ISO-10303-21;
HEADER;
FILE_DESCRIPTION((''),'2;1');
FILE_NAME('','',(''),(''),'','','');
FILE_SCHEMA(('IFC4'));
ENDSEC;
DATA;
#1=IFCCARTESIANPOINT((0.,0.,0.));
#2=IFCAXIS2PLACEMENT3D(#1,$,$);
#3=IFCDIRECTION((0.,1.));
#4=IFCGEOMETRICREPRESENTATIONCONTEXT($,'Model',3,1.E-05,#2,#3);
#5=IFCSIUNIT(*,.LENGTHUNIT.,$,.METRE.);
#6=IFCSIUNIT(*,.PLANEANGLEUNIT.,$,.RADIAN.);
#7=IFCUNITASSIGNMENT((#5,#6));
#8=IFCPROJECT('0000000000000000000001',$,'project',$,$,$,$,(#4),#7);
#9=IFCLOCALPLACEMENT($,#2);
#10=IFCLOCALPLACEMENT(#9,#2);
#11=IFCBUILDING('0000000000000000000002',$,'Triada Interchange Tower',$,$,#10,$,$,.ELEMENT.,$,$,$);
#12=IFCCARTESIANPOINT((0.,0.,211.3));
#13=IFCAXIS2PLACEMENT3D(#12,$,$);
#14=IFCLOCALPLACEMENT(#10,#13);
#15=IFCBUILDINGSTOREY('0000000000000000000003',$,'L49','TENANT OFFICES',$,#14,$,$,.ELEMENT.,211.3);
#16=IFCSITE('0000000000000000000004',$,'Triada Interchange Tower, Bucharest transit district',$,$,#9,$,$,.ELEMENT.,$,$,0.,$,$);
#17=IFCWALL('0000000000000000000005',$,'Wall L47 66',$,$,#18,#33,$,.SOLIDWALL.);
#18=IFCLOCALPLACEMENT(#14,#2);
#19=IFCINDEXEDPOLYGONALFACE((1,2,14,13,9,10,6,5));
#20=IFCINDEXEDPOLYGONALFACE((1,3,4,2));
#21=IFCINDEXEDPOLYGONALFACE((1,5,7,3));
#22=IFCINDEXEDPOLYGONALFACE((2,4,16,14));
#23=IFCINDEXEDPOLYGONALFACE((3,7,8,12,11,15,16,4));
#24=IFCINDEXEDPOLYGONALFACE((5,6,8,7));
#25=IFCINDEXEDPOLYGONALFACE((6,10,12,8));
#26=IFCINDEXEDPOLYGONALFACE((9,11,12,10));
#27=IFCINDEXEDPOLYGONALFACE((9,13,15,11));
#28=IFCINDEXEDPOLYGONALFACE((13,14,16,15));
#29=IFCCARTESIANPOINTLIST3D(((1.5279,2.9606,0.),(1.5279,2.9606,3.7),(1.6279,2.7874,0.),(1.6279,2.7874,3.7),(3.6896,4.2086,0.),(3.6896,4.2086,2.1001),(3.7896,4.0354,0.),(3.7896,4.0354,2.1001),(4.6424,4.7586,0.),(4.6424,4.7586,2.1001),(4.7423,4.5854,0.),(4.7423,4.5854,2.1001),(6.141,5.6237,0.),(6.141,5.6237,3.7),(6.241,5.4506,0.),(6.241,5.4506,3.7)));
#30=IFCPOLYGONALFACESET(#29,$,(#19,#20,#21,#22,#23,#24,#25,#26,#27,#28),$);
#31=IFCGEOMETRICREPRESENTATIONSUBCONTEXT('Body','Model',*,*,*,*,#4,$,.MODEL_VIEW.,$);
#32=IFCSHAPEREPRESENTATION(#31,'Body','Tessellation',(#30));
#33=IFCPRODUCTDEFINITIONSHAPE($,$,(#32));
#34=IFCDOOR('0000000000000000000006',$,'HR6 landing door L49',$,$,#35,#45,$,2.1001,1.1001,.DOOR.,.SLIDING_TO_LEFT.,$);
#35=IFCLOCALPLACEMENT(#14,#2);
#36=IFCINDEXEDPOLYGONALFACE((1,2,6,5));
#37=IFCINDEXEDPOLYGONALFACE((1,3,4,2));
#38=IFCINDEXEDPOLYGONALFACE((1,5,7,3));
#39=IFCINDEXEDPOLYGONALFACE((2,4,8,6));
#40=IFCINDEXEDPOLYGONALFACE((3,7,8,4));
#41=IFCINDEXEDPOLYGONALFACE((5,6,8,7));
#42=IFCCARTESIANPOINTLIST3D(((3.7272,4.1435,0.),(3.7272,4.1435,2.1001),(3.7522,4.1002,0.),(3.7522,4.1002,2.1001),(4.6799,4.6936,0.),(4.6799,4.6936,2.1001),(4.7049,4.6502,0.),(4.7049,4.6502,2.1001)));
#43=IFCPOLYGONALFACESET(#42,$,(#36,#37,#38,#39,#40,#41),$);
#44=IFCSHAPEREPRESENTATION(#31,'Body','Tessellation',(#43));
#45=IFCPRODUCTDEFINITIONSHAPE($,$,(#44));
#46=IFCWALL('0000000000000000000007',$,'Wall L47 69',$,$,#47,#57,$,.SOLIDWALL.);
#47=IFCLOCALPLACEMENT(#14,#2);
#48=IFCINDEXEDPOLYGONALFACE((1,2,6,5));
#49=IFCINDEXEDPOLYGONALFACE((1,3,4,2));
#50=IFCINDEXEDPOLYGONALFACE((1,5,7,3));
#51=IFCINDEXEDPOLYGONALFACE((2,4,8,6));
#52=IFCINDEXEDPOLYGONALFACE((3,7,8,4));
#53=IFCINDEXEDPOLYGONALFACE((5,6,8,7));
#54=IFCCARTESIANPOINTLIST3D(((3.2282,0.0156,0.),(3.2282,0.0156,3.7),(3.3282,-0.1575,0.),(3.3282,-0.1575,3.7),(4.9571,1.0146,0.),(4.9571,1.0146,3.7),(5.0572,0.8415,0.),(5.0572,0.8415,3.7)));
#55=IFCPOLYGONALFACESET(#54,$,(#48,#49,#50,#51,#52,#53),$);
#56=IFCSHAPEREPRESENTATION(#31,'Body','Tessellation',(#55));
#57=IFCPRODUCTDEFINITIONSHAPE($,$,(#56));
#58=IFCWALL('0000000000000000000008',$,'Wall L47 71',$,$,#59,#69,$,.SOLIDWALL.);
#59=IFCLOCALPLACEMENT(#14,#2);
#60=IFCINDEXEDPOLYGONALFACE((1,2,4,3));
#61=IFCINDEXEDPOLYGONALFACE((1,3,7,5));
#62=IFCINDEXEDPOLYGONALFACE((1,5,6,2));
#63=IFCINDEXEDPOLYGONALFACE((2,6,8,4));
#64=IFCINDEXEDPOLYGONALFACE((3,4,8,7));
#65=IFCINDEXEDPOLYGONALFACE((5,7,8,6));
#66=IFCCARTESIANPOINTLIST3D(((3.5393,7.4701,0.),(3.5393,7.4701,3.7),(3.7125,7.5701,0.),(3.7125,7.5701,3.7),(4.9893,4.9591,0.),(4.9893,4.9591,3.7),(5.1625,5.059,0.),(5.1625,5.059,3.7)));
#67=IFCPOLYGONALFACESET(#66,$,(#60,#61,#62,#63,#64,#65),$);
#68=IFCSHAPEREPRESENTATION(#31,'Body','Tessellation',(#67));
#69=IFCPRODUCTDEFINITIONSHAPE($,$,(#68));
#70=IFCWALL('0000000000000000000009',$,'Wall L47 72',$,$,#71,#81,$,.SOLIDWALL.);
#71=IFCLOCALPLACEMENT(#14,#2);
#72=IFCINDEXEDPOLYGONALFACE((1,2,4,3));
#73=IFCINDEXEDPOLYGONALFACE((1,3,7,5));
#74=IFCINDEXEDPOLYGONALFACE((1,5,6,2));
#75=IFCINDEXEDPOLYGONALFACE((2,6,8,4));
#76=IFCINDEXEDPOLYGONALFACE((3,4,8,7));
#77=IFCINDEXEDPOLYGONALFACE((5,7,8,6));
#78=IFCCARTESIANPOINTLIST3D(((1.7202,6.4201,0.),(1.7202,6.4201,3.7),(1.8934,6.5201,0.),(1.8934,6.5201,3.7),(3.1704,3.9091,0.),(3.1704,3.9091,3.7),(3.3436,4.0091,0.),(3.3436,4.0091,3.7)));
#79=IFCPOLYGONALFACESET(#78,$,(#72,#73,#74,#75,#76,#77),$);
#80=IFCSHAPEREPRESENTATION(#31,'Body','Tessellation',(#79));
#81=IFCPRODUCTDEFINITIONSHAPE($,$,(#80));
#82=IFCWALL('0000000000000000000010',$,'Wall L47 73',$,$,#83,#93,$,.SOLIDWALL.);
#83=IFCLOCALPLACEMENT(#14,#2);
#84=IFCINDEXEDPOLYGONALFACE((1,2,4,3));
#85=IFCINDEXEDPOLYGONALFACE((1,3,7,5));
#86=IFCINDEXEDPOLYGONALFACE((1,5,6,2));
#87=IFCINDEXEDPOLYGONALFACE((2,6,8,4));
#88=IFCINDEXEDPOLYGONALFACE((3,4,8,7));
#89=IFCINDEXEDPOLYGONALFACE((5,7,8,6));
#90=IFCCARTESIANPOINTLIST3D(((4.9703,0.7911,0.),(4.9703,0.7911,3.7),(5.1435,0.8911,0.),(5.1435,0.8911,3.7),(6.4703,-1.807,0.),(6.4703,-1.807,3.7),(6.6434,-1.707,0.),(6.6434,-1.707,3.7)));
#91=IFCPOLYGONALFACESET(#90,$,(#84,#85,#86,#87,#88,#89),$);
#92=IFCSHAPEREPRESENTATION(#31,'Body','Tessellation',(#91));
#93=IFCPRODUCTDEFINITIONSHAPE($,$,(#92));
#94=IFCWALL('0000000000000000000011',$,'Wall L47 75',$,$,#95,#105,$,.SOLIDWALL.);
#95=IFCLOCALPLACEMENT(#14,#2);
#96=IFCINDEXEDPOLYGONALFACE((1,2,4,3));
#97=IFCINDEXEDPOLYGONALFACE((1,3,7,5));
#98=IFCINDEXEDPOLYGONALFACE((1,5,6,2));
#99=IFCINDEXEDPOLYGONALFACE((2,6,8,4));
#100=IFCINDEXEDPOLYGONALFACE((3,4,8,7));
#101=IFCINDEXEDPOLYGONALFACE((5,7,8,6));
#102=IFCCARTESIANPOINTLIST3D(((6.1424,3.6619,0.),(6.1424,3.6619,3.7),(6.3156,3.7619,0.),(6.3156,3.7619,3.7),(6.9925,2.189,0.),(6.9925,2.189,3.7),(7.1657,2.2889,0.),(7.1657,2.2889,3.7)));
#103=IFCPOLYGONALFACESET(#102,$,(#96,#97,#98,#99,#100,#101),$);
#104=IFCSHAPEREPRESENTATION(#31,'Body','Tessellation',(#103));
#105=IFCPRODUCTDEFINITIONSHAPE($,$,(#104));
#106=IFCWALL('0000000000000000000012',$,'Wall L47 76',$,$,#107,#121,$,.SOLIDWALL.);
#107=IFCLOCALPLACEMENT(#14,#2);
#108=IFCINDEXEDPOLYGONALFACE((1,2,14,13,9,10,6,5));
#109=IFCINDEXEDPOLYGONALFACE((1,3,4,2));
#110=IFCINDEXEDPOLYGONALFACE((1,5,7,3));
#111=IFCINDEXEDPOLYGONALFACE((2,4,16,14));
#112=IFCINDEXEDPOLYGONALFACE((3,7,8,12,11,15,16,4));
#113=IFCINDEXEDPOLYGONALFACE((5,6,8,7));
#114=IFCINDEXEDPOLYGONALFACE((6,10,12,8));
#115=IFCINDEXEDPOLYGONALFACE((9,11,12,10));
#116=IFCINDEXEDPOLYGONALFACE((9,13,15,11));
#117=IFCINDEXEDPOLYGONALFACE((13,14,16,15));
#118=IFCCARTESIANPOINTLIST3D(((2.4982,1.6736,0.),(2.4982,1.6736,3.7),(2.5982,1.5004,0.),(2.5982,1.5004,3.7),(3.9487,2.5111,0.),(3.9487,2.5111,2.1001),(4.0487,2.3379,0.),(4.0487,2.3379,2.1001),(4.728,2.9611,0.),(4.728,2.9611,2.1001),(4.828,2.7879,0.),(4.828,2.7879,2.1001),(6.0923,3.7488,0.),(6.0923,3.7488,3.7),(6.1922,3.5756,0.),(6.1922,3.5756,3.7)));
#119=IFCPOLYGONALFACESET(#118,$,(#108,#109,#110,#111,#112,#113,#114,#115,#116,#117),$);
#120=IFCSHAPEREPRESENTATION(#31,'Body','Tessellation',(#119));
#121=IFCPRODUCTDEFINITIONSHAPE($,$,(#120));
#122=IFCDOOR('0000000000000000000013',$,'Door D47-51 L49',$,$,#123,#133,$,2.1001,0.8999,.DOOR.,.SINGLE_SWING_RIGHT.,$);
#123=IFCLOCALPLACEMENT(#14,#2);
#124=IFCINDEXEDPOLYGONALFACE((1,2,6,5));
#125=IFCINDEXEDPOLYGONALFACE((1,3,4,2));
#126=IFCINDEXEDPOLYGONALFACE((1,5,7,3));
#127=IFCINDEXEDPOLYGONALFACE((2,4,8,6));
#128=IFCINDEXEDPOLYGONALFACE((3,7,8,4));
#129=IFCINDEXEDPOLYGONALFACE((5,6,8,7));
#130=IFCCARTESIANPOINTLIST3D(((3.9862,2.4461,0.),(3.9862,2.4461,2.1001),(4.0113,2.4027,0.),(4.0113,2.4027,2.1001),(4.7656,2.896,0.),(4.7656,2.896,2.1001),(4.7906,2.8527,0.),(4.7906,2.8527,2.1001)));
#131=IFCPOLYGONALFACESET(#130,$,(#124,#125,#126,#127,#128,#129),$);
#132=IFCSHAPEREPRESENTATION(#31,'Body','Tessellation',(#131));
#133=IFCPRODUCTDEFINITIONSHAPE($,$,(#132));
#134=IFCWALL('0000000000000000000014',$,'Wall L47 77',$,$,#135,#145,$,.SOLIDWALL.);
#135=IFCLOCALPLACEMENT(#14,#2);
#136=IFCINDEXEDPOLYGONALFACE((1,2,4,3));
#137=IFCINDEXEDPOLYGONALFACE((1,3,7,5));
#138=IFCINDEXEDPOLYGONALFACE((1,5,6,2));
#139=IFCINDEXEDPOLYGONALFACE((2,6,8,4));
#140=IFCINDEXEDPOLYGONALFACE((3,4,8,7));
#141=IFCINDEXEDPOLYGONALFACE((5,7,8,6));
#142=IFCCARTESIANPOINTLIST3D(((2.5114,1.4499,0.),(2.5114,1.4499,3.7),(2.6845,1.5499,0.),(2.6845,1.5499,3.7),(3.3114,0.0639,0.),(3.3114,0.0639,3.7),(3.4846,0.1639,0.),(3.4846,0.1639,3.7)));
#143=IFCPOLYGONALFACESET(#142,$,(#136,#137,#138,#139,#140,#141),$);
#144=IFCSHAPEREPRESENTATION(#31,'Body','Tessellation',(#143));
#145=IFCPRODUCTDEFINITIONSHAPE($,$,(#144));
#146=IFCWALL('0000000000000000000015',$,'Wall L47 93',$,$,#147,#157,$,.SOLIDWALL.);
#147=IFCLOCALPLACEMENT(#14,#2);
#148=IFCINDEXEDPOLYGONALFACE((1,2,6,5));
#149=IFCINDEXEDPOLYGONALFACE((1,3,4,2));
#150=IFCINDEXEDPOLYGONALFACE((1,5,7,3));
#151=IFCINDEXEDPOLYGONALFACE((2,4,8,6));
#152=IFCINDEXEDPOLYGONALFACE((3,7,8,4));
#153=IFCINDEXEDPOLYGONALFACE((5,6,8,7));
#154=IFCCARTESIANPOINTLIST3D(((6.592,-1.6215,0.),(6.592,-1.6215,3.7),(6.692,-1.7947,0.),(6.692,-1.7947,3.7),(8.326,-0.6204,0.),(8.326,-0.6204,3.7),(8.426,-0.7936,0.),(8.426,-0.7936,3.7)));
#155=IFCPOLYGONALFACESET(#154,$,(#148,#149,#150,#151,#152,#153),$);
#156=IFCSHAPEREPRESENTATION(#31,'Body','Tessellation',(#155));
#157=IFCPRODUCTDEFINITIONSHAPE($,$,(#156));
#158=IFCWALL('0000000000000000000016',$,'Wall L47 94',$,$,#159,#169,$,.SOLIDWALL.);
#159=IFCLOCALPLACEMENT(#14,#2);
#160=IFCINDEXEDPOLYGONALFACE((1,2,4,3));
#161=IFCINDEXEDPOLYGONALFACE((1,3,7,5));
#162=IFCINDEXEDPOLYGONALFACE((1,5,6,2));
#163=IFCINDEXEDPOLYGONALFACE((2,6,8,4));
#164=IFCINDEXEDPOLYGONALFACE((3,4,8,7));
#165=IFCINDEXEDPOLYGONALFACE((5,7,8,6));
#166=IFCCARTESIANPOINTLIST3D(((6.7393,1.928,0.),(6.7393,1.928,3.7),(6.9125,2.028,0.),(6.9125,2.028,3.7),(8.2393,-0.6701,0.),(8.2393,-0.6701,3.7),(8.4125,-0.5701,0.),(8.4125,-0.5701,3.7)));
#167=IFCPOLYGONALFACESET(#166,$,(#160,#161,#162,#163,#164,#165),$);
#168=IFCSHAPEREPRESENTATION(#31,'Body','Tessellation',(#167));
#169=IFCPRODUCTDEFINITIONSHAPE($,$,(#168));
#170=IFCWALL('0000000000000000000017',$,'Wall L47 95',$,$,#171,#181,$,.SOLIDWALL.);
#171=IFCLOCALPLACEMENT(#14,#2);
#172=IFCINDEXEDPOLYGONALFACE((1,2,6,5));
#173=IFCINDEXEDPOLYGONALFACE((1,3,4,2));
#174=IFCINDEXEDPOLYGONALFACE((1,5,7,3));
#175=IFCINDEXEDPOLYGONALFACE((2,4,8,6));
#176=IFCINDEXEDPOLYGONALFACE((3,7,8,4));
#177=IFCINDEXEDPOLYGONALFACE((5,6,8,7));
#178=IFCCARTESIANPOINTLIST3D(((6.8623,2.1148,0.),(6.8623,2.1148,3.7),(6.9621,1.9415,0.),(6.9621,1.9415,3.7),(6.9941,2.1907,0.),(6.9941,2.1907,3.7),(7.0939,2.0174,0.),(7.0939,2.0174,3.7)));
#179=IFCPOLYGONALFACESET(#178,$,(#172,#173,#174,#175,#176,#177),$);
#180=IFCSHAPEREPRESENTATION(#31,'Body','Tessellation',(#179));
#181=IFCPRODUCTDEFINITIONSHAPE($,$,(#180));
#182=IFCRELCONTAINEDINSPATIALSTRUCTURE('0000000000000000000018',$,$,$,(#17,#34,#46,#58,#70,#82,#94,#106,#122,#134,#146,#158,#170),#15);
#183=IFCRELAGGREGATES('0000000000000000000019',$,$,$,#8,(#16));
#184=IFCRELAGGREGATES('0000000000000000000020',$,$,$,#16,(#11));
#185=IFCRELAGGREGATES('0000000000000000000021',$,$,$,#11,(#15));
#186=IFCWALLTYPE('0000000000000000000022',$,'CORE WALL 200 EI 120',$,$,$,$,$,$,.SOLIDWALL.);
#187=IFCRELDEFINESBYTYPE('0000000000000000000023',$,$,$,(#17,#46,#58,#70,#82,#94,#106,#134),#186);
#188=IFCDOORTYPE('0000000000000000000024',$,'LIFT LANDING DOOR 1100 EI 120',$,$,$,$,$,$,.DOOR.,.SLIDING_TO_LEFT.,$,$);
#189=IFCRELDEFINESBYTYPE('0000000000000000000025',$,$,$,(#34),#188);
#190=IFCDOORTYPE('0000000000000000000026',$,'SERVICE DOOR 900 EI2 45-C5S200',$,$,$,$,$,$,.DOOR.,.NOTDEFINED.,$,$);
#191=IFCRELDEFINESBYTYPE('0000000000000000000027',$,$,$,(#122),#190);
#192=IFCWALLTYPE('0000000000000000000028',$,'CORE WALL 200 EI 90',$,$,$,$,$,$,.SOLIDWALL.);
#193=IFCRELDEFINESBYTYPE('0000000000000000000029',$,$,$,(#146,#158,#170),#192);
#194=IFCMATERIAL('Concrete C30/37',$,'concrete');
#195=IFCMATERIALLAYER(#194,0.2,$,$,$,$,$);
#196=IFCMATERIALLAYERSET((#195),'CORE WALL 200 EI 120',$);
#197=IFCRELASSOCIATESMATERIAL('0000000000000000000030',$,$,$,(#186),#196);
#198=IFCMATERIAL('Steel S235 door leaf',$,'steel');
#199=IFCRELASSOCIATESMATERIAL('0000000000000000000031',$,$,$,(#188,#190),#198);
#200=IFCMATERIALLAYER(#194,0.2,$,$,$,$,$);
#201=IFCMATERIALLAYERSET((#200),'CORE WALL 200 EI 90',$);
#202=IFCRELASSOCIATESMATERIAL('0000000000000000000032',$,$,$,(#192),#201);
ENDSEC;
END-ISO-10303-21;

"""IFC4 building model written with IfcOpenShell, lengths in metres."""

from ifc_helpers import new_model, si_unit, direction, frame, frame_2d, origin, place, context, subcontext, project, spatial, rectangle, extrude, material, layer, layer_set, type_object, element, fill, save


model = new_model("IFC4")

# Units and contexts
model_context = context("Model", 3, precision=1e-05, world=origin(), true_north=direction((0.0, 1.0)))
body_context = subcontext(model_context, "Body", "Model", "MODEL_VIEW")
ifc_project = project(units=[si_unit("LENGTHUNIT", "METRE"), si_unit("PLANEANGLEUNIT", "RADIAN")], contexts=[model_context])

# Site, building, storey
site_placement = place(None, origin())
site = spatial("IfcSite", under=ifc_project, at=site_placement, Name="Triada Interchange Tower, Bucharest transit district", CompositionType="ELEMENT", RefElevation=0.0)
building_placement = place(site_placement, origin())
building = spatial("IfcBuilding", under=site, at=building_placement, Name="Triada Interchange Tower", CompositionType="ELEMENT")
storey_placement = place(building_placement, frame((0.0, 0.0, 211.3)))
storey = spatial("IfcBuildingStorey", under=building, at=storey_placement, Name="L49", Description="TENANT OFFICES", CompositionType="ELEMENT", Elevation=211.3)

# Shared definitions
ifc_material_1 = material(Name="Concrete C30/37", Category="concrete")
ifc_layer_1 = layer(ifc_material_1, 0.2)
ifc_layer_set_1 = layer_set([ifc_layer_1], Name="CORE WALL 200 EI 120")
wall_type_1 = type_object("IfcWallType", Name="CORE WALL 200 EI 120", PredefinedType="SOLIDWALL", material=ifc_layer_set_1)
ifc_material_2 = material(Name="Steel S235 door leaf", Category="steel")
door_type_1 = type_object("IfcDoorType", Name="LIFT LANDING DOOR 1100 EI 120", OperationType="SLIDING_TO_LEFT", PredefinedType="DOOR", material=ifc_material_2)

# Wall, opening, door
wall_1_placement = place(storey_placement, frame((1.5779, 2.874, 0.0), z_axis=(0.0, 0.0, 1.0), x_axis=(0.866046, 0.499964, 0.0)))
wall_1 = element("IfcWall", 1, at=wall_1_placement, inside=storey, type_object=wall_type_1, Name="Wall L47 66", PredefinedType="SOLIDWALL", context=body_context, shape_type="SweptSolid", body=[
    extrude(rectangle(XDim=5.3267, YDim=0.2, at=frame_2d((2.6633, 0.0))), origin(), (0.0, 0.0, 1.0), 3.7),
])
opening_1_placement = place(wall_1_placement, frame((2.4961, 0.0, 0.0)))
opening_1 = element("IfcOpeningElement", 2, at=opening_1_placement, cuts=wall_1, PredefinedType="OPENING", context=body_context, shape_type="SweptSolid", body=[
    extrude(rectangle(XDim=1.1001, YDim=2.1001, at=frame_2d((0.55, 1.05))), frame((0.0, 0.1099, 0.0), z_axis=(0.0, -1.0, 0.0), x_axis=(1.0, 0.0, 0.0)), (0.0, 0.0, 1.0), 0.22),
])
door_1_placement = place(opening_1_placement, origin())
door_1 = element("IfcDoor", 3, at=door_1_placement, inside=storey, type_object=door_type_1, Name="HR6 landing door L49", OperationType="SLIDING_TO_LEFT", OverallHeight=2.1001, OverallWidth=1.1001, PredefinedType="DOOR", context=body_context, shape_type="SweptSolid", body=[
    extrude(rectangle(XDim=1.1001, YDim=2.1001, at=frame_2d((0.55, 1.05))), frame((0.0, 0.0249, 0.0), z_axis=(0.0, -1.0, 0.0), x_axis=(1.0, 0.0, 0.0)), (0.0, 0.0, 1.0), 0.05),
])
fill(opening_1, door_1)

# Walls
wall_2_placement = place(storey_placement, frame((3.2781, -0.071, 0.0), z_axis=(0.0, 0.0, 1.0), x_axis=(0.865856, 0.500294, 0.0)))
element("IfcWall", 4, at=wall_2_placement, inside=storey, type_object=wall_type_1, Name="Wall L47 69", PredefinedType="SOLIDWALL", context=body_context, shape_type="SweptSolid", body=[
    extrude(rectangle(XDim=1.9968, YDim=0.2, at=frame_2d((0.9985, 0.0))), origin(), (0.0, 0.0, 1.0), 3.7),
])
for number, where, z_axis, x_axis, name in (
    (5, (3.626, 7.52, 0.0), (0.0, 0.0, 1.0), (0.50006, -0.865991, 0.0), "Wall L47 71"),
    (6, (1.8069, 6.47, 0.0), (0.0, 0.0, 1.0), (0.500123, -0.865954, 0.0), "Wall L47 72"),
):
    element("IfcWall", number, at=place(storey_placement, frame(where, z_axis=z_axis, x_axis=x_axis)), inside=storey, type_object=wall_type_1, Name=name, PredefinedType="SOLIDWALL", context=body_context, shape_type="SweptSolid", body=[
        extrude(rectangle(XDim=2.8997, YDim=0.2, at=frame_2d((1.4497, 0.0))), origin(), (0.0, 0.0, 1.0), 3.7),
    ])
wall_3_placement = place(storey_placement, frame((5.0569, 0.8411, 0.0), z_axis=(0.0, 0.0, 1.0), x_axis=(0.49999, -0.866031, 0.0)))
element("IfcWall", 7, at=wall_3_placement, inside=storey, type_object=wall_type_1, Name="Wall L47 73", PredefinedType="SOLIDWALL", context=body_context, shape_type="SweptSolid", body=[
    extrude(rectangle(XDim=3.0, YDim=0.2, at=frame_2d((1.5, 0.0))), origin(), (0.0, 0.0, 1.0), 3.7),
])
wall_4_placement = place(storey_placement, frame((6.229, 3.7119, 0.0), z_axis=(0.0, 0.0, 1.0), x_axis=(0.499876, -0.866097, 0.0)))
element("IfcWall", 8, at=wall_4_placement, inside=storey, type_object=wall_type_1, Name="Wall L47 75", PredefinedType="SOLIDWALL", context=body_context, shape_type="SweptSolid", body=[
    extrude(rectangle(XDim=1.7007, YDim=0.2, at=frame_2d((0.8503, 0.0))), origin(), (0.0, 0.0, 1.0), 3.7),
])

# Wall, opening, door
wall_5_placement = place(storey_placement, frame((2.5481, 1.5869, 0.0), z_axis=(0.0, 0.0, 1.0), x_axis=(0.866004, 0.500036, 0.0)))
wall_5 = element("IfcWall", 9, at=wall_5_placement, inside=storey, type_object=wall_type_1, Name="Wall L47 76", PredefinedType="SOLIDWALL", context=body_context, shape_type="SweptSolid", body=[
    extrude(rectangle(XDim=4.1501, YDim=0.2, at=frame_2d((2.0752, 0.0))), origin(), (0.0, 0.0, 1.0), 3.7),
])
opening_2_placement = place(wall_5_placement, frame((1.675, 0.0, 0.0)))
opening_2 = element("IfcOpeningElement", 10, at=opening_2_placement, cuts=wall_5, PredefinedType="OPENING", context=body_context, shape_type="SweptSolid", body=[
    extrude(rectangle(XDim=0.8999, YDim=2.1001, at=frame_2d((0.45, 1.05))), frame((0.0, 0.1099, 0.0), z_axis=(0.0, -1.0, 0.0), x_axis=(1.0, 0.0, 0.0)), (0.0, 0.0, 1.0), 0.22),
])
door_type_2 = type_object("IfcDoorType", Name="SERVICE DOOR 900 EI2 45-C5S200", OperationType="NOTDEFINED", PredefinedType="DOOR", material=ifc_material_2)
door_2_placement = place(opening_2_placement, origin())
door_2 = element("IfcDoor", 11, at=door_2_placement, inside=storey, type_object=door_type_2, Name="Door D47-51 L49", OperationType="SINGLE_SWING_RIGHT", OverallHeight=2.1001, OverallWidth=0.8999, PredefinedType="DOOR", context=body_context, shape_type="SweptSolid", body=[
    extrude(rectangle(XDim=0.8999, YDim=2.1001, at=frame_2d((0.45, 1.05))), frame((0.0, 0.0249, 0.0), z_axis=(0.0, -1.0, 0.0), x_axis=(1.0, 0.0, 0.0)), (0.0, 0.0, 1.0), 0.05),
])
fill(opening_2, door_2)

# Walls
wall_6_placement = place(storey_placement, frame((2.5979, 1.5, 0.0), z_axis=(0.0, 0.0, 1.0), x_axis=(0.499929, -0.866066, 0.0)))
element("IfcWall", 12, at=wall_6_placement, inside=storey, type_object=wall_type_1, Name="Wall L47 77", PredefinedType="SOLIDWALL", context=body_context, shape_type="SweptSolid", body=[
    extrude(rectangle(XDim=1.6003, YDim=0.2, at=frame_2d((0.8003, 0.0))), origin(), (0.0, 0.0, 1.0), 3.7),
])
ifc_layer_2 = layer(ifc_material_1, 0.2)
ifc_layer_set_2 = layer_set([ifc_layer_2], Name="CORE WALL 200 EI 90")
wall_type_2 = type_object("IfcWallType", Name="CORE WALL 200 EI 90", PredefinedType="SOLIDWALL", material=ifc_layer_set_2)
wall_7_placement = place(storey_placement, frame((6.6421, -1.708, 0.0), z_axis=(0.0, 0.0, 1.0), x_axis=(0.866043, 0.499969, 0.0)))
element("IfcWall", 13, at=wall_7_placement, inside=storey, type_object=wall_type_2, Name="Wall L47 93", PredefinedType="SOLIDWALL", context=body_context, shape_type="SweptSolid", body=[
    extrude(rectangle(XDim=2.0022, YDim=0.2, at=frame_2d((1.001, 0.0))), origin(), (0.0, 0.0, 1.0), 3.7),
])
wall_8_placement = place(storey_placement, frame((6.8259, 1.978, 0.0), z_axis=(0.0, 0.0, 1.0), x_axis=(0.49999, -0.866031, 0.0)))
element("IfcWall", 14, at=wall_8_placement, inside=storey, type_object=wall_type_2, Name="Wall L47 94", PredefinedType="SOLIDWALL", context=body_context, shape_type="SweptSolid", body=[
    extrude(rectangle(XDim=3.0, YDim=0.2, at=frame_2d((1.5, 0.0))), origin(), (0.0, 0.0, 1.0), 3.7),
])
wall_9_placement = place(storey_placement, frame((6.9121, 2.0281, 0.0), z_axis=(0.0, 0.0, 1.0), x_axis=(0.866559, 0.499074, 0.0)))
element("IfcWall", 15, at=wall_9_placement, inside=storey, type_object=wall_type_2, Name="Wall L47 95", PredefinedType="SOLIDWALL", context=body_context, shape_type="SweptSolid", body=[
    extrude(rectangle(XDim=0.1521, YDim=0.2, at=frame_2d((0.0762, 0.0))), origin(), (0.0, 0.0, 1.0), 3.7),
])

save(model, "model.ifc")
